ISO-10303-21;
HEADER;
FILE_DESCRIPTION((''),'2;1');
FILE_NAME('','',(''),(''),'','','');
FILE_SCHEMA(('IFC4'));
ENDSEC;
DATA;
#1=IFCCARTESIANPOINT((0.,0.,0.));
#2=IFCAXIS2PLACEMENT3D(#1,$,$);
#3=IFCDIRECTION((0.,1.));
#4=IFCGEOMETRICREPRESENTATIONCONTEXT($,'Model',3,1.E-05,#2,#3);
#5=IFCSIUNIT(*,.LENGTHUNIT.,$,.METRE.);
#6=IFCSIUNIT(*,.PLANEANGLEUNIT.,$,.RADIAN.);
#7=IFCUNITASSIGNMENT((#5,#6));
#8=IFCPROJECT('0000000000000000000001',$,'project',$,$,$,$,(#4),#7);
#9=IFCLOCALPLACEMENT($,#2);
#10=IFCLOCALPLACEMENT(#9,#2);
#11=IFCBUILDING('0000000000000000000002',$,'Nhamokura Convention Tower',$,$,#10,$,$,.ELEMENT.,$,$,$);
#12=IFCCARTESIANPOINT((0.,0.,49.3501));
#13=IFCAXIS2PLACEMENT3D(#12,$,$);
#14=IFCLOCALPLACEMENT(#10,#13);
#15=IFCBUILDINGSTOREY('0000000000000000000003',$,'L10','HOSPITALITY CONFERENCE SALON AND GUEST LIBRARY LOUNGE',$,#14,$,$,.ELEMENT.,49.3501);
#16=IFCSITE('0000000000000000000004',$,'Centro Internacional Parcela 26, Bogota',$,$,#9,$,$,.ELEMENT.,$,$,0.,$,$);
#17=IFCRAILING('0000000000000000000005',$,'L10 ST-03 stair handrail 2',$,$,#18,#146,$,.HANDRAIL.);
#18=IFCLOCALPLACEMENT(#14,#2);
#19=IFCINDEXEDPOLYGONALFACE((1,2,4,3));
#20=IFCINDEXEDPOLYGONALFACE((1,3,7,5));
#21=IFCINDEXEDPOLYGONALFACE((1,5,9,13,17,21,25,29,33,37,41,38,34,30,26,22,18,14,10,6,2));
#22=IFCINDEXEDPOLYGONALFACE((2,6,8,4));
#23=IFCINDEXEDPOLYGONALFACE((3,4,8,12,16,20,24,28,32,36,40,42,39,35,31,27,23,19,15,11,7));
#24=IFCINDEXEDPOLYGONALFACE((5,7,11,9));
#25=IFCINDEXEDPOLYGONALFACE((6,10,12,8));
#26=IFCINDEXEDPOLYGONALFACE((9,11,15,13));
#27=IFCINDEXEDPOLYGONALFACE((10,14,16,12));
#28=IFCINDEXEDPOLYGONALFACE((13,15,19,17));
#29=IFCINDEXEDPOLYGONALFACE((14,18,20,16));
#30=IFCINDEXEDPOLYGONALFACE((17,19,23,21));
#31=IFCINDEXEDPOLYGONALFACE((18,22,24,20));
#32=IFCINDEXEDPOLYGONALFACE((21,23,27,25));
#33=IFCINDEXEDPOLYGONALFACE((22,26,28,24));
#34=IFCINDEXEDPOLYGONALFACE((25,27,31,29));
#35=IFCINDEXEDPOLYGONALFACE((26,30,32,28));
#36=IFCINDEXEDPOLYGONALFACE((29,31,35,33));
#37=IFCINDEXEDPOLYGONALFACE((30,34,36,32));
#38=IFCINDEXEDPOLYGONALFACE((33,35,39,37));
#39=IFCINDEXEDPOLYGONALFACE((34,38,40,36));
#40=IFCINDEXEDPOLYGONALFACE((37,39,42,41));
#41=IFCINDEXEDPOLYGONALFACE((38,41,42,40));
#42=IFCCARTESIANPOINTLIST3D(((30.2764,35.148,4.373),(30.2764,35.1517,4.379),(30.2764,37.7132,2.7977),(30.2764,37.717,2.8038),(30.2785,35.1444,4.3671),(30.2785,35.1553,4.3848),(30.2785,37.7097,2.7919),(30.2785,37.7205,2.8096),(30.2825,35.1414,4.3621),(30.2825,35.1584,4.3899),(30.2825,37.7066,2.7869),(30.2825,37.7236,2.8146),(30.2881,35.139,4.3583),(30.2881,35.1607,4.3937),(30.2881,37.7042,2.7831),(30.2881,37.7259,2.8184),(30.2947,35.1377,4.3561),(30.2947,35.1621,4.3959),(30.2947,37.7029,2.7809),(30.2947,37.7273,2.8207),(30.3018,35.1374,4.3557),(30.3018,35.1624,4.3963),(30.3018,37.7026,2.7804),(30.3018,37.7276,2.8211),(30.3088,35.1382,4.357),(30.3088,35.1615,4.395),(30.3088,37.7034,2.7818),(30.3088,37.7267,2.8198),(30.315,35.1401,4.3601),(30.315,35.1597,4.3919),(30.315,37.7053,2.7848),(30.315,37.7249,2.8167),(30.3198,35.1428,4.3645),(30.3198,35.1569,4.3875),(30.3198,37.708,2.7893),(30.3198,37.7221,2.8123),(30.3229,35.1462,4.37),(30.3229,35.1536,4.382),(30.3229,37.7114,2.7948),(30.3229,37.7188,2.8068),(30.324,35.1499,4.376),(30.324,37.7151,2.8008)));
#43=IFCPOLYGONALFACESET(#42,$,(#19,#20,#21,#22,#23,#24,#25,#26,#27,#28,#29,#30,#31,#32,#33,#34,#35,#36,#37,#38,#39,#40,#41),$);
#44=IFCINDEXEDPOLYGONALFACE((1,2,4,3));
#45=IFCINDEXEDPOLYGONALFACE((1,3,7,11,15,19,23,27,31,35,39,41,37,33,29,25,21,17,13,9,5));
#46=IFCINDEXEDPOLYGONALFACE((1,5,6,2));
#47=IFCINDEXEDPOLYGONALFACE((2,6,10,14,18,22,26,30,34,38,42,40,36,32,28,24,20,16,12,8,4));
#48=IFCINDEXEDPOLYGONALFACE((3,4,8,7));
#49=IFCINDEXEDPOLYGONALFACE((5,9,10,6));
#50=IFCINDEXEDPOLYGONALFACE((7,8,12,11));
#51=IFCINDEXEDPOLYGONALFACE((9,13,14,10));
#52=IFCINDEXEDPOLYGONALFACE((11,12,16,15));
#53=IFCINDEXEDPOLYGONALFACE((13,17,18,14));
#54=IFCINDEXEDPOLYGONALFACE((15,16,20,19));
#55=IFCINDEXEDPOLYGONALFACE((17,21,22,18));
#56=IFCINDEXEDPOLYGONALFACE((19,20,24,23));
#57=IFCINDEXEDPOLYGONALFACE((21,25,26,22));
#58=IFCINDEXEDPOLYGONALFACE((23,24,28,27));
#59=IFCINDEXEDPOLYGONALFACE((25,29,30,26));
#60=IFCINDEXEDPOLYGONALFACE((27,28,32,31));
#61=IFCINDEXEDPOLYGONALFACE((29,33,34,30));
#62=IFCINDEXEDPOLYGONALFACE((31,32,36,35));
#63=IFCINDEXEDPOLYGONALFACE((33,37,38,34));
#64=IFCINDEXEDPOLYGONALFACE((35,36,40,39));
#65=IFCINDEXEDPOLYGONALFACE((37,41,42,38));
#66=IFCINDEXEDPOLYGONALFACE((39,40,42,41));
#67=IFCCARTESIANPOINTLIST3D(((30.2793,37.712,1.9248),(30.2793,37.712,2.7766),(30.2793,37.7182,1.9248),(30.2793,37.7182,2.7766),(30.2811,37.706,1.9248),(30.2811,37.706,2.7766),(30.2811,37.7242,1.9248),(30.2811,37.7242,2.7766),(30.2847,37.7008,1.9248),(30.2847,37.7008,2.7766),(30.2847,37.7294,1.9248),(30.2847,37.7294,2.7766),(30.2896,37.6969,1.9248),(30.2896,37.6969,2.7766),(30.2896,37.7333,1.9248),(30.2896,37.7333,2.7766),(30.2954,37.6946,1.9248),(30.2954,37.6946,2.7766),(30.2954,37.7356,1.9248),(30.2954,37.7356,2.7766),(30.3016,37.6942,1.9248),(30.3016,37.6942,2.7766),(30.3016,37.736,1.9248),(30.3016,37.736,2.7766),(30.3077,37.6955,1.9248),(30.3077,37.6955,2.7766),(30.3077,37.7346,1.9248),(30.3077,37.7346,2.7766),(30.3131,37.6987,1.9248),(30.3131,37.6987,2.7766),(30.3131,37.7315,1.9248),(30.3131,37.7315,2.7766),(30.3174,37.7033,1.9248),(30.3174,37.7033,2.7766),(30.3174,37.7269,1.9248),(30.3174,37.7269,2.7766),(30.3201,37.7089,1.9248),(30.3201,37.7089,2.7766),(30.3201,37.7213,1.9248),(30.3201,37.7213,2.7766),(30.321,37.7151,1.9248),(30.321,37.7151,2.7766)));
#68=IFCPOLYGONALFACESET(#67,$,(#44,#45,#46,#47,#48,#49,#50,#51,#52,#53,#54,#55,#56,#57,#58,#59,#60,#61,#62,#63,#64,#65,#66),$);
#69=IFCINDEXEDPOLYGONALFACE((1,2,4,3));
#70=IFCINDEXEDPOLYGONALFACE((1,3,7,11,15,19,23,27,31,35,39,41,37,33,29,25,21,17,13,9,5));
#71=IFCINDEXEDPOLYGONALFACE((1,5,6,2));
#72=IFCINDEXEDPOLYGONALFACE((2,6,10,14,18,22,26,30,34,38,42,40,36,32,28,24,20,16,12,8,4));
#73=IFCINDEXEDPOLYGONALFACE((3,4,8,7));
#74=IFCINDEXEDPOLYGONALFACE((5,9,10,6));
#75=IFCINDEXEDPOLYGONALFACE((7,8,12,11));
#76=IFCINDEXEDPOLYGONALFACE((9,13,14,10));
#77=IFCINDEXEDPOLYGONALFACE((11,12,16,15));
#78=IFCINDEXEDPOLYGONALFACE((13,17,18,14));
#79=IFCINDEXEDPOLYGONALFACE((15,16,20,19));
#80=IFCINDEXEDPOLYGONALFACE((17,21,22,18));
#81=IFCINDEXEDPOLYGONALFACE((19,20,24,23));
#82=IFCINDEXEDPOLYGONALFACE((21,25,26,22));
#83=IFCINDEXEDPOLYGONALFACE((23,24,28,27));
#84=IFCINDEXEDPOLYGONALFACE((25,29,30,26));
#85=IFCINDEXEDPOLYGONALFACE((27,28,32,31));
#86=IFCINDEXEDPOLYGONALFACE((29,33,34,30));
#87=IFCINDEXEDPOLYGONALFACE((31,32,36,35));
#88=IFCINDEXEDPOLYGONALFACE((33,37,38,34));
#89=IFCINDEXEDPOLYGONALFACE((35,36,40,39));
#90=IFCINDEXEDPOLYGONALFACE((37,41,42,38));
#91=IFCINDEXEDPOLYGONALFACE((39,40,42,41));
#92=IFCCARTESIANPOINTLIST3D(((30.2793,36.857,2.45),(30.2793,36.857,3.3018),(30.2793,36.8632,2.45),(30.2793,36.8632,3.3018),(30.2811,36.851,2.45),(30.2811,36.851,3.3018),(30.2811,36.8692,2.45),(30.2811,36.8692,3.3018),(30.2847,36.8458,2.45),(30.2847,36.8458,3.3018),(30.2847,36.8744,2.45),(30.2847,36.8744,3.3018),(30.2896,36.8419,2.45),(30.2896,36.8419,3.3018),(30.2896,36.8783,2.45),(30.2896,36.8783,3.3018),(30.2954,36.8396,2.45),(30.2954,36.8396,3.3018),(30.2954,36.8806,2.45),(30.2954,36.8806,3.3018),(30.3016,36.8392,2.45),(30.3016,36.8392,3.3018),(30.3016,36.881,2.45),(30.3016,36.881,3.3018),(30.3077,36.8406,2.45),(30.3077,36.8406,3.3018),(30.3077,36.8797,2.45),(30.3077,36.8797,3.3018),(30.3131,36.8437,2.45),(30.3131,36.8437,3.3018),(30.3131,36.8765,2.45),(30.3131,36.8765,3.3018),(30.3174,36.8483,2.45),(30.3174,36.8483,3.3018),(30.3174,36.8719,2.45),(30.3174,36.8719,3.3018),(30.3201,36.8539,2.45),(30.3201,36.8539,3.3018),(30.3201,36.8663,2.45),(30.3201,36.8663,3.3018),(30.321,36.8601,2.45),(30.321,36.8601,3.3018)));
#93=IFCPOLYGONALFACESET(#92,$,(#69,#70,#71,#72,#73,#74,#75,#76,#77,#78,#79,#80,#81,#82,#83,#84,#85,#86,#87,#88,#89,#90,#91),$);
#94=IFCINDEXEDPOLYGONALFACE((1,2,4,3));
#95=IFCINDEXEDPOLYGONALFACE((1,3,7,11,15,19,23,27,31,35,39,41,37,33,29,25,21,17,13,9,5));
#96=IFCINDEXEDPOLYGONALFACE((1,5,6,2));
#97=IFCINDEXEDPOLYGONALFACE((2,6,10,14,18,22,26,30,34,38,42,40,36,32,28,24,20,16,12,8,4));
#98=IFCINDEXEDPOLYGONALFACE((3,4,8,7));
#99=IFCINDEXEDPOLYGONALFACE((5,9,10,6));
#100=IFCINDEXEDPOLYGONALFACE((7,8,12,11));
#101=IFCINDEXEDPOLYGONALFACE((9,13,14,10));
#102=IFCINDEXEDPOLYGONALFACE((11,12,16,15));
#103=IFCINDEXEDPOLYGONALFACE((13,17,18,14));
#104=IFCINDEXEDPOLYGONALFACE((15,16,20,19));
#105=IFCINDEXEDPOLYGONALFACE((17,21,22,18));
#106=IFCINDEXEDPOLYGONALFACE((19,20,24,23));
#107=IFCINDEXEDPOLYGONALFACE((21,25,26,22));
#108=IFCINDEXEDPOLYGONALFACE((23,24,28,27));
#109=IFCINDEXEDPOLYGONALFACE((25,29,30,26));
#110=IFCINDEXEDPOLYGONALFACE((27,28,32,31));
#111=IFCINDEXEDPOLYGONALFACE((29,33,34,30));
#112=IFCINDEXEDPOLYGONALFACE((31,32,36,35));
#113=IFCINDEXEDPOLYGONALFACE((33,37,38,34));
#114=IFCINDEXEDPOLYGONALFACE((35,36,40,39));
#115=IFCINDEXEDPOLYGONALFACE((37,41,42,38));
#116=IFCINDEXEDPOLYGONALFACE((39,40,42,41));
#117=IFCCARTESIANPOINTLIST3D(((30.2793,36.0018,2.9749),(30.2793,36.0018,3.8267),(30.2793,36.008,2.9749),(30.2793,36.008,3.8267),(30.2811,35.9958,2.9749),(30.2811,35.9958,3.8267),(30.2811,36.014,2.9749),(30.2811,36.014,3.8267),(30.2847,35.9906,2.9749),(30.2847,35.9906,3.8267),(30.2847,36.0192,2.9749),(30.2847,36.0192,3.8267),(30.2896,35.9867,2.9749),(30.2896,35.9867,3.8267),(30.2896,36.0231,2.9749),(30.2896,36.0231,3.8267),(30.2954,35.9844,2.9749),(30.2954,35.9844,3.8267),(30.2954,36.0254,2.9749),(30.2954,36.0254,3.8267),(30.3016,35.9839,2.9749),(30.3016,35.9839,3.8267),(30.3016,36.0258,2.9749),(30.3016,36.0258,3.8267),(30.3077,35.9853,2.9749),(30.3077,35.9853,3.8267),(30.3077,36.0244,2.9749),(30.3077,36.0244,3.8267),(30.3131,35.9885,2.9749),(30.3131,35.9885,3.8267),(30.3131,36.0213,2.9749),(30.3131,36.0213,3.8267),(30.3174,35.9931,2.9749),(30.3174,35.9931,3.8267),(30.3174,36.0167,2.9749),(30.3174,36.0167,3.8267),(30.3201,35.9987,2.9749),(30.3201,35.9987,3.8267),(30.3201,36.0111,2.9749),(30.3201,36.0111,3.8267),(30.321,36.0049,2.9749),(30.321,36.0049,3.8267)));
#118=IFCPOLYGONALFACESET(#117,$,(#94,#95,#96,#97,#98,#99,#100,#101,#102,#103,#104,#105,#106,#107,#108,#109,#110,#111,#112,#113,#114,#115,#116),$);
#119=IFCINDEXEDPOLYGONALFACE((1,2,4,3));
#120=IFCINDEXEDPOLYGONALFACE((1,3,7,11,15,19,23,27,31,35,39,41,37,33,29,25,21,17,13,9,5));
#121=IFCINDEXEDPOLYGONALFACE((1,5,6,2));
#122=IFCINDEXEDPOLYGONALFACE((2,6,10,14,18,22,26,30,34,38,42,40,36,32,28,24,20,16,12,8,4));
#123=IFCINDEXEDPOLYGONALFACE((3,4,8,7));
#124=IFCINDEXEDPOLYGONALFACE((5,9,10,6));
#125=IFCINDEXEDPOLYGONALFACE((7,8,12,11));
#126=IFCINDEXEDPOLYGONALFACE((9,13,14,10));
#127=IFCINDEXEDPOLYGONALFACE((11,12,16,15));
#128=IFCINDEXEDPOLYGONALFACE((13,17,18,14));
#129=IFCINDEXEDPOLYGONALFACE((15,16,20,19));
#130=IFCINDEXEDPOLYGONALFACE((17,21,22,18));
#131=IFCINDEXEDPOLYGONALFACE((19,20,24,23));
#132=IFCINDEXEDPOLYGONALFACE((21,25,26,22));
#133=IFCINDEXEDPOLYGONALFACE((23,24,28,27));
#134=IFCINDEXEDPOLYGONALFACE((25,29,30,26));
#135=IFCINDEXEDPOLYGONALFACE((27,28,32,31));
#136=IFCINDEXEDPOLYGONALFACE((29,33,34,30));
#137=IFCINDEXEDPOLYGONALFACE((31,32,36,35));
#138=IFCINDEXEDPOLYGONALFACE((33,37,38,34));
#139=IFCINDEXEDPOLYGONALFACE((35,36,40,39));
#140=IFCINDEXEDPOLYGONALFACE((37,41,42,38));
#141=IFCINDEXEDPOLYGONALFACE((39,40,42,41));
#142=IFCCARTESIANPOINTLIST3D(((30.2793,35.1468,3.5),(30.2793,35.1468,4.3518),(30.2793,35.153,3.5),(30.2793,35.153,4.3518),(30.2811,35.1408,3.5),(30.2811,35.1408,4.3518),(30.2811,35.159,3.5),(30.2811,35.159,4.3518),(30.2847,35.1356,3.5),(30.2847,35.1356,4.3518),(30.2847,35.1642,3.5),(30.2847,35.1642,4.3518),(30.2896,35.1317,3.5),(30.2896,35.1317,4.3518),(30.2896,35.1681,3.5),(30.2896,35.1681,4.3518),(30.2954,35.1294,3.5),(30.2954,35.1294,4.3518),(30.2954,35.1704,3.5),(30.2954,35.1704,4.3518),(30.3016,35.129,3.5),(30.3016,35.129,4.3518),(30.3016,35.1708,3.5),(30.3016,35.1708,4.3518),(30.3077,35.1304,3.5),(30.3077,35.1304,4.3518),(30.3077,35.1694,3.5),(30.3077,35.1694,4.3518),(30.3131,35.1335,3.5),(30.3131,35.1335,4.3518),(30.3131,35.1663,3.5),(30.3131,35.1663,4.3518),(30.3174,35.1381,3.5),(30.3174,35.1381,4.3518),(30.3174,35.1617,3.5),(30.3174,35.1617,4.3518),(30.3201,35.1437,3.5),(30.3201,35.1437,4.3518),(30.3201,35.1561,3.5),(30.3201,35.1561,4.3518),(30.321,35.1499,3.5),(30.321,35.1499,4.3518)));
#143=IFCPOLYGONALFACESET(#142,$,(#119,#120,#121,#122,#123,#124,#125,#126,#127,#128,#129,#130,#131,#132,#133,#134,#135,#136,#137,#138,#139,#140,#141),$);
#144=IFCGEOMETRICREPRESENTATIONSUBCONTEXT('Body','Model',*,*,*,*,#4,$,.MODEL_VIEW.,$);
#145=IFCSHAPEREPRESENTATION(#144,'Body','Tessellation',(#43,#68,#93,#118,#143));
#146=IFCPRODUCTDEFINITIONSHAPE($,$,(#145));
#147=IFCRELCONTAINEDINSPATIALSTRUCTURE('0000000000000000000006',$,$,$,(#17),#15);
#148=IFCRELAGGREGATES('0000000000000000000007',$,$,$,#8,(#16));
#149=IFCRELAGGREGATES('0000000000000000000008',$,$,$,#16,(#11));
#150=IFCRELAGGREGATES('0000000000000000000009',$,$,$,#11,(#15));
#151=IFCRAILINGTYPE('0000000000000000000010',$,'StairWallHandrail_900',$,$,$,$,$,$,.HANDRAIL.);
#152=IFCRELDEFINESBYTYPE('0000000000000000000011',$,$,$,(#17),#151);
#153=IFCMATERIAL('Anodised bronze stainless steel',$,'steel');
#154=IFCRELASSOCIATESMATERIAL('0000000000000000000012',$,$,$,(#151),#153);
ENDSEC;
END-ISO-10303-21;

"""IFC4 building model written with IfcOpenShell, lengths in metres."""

from ifc_helpers import new_model, si_unit, direction, frame, origin, origin_2d, place, context, subcontext, project, spatial, circle, extrude, material, type_object, element, save


model = new_model("IFC4")

# Units and contexts
model_context = context("Model", 3, precision=1e-05, world=origin(), true_north=direction((0.0, 1.0)))
body_context = subcontext(model_context, "Body", "Model", "MODEL_VIEW")
ifc_project = project(units=[si_unit("LENGTHUNIT", "METRE"), si_unit("PLANEANGLEUNIT", "RADIAN")], contexts=[model_context])

# Site, building, storey
site_placement = place(None, origin())
site = spatial("IfcSite", under=ifc_project, at=site_placement, Name="Centro Internacional Parcela 26, Bogota", CompositionType="ELEMENT", RefElevation=0.0)
building_placement = place(site_placement, origin())
building = spatial("IfcBuilding", under=site, at=building_placement, Name="Nhamokura Convention Tower", CompositionType="ELEMENT")
storey_placement = place(building_placement, frame((0.0, 0.0, 49.3501)))
storey = spatial("IfcBuildingStorey", under=building, at=storey_placement, Name="L10", Description="HOSPITALITY CONFERENCE SALON AND GUEST LIBRARY LOUNGE", CompositionType="ELEMENT", Elevation=49.3501)

# Railing
ifc_material_1 = material(Name="Anodised bronze stainless steel", Category="steel")
railing_type_1 = type_object("IfcRailingType", Name="StairWallHandrail_900", PredefinedType="HANDRAIL", material=ifc_material_1)
railing_1_placement = place(storey_placement, frame((30.3, 37.7151, 1.9248)))
element("IfcRailing", 1, at=railing_1_placement, inside=storey, type_object=railing_type_1, Name="L10 ST-03 stair handrail 2", PredefinedType="HANDRAIL", context=body_context, shape_type="SweptSolid", body=[
    extrude(circle(Radius=0.0239, at=origin_2d()), frame((0.0, 0.0, 0.876), z_axis=(0.0, -0.852159, 0.523283), x_axis=(1.0, 0.0, 0.0)), (0.0, 0.0, 1.0), 3.0103),
    extrude(circle(Radius=0.021, at=origin_2d()), origin(), (0.0, 0.0, 1.0), 0.8518),
    extrude(circle(Radius=0.021, at=origin_2d()), frame((0.0, -0.855, 0.5251)), (0.0, 0.0, 1.0), 0.8518),
    extrude(circle(Radius=0.021, at=origin_2d()), frame((0.0, -1.7102, 1.05)), (0.0, 0.0, 1.0), 0.8518),
    extrude(circle(Radius=0.021, at=origin_2d()), frame((0.0, -2.5652, 1.5752)), (0.0, 0.0, 1.0), 0.8518),
])

save(model, "model.ifc")
